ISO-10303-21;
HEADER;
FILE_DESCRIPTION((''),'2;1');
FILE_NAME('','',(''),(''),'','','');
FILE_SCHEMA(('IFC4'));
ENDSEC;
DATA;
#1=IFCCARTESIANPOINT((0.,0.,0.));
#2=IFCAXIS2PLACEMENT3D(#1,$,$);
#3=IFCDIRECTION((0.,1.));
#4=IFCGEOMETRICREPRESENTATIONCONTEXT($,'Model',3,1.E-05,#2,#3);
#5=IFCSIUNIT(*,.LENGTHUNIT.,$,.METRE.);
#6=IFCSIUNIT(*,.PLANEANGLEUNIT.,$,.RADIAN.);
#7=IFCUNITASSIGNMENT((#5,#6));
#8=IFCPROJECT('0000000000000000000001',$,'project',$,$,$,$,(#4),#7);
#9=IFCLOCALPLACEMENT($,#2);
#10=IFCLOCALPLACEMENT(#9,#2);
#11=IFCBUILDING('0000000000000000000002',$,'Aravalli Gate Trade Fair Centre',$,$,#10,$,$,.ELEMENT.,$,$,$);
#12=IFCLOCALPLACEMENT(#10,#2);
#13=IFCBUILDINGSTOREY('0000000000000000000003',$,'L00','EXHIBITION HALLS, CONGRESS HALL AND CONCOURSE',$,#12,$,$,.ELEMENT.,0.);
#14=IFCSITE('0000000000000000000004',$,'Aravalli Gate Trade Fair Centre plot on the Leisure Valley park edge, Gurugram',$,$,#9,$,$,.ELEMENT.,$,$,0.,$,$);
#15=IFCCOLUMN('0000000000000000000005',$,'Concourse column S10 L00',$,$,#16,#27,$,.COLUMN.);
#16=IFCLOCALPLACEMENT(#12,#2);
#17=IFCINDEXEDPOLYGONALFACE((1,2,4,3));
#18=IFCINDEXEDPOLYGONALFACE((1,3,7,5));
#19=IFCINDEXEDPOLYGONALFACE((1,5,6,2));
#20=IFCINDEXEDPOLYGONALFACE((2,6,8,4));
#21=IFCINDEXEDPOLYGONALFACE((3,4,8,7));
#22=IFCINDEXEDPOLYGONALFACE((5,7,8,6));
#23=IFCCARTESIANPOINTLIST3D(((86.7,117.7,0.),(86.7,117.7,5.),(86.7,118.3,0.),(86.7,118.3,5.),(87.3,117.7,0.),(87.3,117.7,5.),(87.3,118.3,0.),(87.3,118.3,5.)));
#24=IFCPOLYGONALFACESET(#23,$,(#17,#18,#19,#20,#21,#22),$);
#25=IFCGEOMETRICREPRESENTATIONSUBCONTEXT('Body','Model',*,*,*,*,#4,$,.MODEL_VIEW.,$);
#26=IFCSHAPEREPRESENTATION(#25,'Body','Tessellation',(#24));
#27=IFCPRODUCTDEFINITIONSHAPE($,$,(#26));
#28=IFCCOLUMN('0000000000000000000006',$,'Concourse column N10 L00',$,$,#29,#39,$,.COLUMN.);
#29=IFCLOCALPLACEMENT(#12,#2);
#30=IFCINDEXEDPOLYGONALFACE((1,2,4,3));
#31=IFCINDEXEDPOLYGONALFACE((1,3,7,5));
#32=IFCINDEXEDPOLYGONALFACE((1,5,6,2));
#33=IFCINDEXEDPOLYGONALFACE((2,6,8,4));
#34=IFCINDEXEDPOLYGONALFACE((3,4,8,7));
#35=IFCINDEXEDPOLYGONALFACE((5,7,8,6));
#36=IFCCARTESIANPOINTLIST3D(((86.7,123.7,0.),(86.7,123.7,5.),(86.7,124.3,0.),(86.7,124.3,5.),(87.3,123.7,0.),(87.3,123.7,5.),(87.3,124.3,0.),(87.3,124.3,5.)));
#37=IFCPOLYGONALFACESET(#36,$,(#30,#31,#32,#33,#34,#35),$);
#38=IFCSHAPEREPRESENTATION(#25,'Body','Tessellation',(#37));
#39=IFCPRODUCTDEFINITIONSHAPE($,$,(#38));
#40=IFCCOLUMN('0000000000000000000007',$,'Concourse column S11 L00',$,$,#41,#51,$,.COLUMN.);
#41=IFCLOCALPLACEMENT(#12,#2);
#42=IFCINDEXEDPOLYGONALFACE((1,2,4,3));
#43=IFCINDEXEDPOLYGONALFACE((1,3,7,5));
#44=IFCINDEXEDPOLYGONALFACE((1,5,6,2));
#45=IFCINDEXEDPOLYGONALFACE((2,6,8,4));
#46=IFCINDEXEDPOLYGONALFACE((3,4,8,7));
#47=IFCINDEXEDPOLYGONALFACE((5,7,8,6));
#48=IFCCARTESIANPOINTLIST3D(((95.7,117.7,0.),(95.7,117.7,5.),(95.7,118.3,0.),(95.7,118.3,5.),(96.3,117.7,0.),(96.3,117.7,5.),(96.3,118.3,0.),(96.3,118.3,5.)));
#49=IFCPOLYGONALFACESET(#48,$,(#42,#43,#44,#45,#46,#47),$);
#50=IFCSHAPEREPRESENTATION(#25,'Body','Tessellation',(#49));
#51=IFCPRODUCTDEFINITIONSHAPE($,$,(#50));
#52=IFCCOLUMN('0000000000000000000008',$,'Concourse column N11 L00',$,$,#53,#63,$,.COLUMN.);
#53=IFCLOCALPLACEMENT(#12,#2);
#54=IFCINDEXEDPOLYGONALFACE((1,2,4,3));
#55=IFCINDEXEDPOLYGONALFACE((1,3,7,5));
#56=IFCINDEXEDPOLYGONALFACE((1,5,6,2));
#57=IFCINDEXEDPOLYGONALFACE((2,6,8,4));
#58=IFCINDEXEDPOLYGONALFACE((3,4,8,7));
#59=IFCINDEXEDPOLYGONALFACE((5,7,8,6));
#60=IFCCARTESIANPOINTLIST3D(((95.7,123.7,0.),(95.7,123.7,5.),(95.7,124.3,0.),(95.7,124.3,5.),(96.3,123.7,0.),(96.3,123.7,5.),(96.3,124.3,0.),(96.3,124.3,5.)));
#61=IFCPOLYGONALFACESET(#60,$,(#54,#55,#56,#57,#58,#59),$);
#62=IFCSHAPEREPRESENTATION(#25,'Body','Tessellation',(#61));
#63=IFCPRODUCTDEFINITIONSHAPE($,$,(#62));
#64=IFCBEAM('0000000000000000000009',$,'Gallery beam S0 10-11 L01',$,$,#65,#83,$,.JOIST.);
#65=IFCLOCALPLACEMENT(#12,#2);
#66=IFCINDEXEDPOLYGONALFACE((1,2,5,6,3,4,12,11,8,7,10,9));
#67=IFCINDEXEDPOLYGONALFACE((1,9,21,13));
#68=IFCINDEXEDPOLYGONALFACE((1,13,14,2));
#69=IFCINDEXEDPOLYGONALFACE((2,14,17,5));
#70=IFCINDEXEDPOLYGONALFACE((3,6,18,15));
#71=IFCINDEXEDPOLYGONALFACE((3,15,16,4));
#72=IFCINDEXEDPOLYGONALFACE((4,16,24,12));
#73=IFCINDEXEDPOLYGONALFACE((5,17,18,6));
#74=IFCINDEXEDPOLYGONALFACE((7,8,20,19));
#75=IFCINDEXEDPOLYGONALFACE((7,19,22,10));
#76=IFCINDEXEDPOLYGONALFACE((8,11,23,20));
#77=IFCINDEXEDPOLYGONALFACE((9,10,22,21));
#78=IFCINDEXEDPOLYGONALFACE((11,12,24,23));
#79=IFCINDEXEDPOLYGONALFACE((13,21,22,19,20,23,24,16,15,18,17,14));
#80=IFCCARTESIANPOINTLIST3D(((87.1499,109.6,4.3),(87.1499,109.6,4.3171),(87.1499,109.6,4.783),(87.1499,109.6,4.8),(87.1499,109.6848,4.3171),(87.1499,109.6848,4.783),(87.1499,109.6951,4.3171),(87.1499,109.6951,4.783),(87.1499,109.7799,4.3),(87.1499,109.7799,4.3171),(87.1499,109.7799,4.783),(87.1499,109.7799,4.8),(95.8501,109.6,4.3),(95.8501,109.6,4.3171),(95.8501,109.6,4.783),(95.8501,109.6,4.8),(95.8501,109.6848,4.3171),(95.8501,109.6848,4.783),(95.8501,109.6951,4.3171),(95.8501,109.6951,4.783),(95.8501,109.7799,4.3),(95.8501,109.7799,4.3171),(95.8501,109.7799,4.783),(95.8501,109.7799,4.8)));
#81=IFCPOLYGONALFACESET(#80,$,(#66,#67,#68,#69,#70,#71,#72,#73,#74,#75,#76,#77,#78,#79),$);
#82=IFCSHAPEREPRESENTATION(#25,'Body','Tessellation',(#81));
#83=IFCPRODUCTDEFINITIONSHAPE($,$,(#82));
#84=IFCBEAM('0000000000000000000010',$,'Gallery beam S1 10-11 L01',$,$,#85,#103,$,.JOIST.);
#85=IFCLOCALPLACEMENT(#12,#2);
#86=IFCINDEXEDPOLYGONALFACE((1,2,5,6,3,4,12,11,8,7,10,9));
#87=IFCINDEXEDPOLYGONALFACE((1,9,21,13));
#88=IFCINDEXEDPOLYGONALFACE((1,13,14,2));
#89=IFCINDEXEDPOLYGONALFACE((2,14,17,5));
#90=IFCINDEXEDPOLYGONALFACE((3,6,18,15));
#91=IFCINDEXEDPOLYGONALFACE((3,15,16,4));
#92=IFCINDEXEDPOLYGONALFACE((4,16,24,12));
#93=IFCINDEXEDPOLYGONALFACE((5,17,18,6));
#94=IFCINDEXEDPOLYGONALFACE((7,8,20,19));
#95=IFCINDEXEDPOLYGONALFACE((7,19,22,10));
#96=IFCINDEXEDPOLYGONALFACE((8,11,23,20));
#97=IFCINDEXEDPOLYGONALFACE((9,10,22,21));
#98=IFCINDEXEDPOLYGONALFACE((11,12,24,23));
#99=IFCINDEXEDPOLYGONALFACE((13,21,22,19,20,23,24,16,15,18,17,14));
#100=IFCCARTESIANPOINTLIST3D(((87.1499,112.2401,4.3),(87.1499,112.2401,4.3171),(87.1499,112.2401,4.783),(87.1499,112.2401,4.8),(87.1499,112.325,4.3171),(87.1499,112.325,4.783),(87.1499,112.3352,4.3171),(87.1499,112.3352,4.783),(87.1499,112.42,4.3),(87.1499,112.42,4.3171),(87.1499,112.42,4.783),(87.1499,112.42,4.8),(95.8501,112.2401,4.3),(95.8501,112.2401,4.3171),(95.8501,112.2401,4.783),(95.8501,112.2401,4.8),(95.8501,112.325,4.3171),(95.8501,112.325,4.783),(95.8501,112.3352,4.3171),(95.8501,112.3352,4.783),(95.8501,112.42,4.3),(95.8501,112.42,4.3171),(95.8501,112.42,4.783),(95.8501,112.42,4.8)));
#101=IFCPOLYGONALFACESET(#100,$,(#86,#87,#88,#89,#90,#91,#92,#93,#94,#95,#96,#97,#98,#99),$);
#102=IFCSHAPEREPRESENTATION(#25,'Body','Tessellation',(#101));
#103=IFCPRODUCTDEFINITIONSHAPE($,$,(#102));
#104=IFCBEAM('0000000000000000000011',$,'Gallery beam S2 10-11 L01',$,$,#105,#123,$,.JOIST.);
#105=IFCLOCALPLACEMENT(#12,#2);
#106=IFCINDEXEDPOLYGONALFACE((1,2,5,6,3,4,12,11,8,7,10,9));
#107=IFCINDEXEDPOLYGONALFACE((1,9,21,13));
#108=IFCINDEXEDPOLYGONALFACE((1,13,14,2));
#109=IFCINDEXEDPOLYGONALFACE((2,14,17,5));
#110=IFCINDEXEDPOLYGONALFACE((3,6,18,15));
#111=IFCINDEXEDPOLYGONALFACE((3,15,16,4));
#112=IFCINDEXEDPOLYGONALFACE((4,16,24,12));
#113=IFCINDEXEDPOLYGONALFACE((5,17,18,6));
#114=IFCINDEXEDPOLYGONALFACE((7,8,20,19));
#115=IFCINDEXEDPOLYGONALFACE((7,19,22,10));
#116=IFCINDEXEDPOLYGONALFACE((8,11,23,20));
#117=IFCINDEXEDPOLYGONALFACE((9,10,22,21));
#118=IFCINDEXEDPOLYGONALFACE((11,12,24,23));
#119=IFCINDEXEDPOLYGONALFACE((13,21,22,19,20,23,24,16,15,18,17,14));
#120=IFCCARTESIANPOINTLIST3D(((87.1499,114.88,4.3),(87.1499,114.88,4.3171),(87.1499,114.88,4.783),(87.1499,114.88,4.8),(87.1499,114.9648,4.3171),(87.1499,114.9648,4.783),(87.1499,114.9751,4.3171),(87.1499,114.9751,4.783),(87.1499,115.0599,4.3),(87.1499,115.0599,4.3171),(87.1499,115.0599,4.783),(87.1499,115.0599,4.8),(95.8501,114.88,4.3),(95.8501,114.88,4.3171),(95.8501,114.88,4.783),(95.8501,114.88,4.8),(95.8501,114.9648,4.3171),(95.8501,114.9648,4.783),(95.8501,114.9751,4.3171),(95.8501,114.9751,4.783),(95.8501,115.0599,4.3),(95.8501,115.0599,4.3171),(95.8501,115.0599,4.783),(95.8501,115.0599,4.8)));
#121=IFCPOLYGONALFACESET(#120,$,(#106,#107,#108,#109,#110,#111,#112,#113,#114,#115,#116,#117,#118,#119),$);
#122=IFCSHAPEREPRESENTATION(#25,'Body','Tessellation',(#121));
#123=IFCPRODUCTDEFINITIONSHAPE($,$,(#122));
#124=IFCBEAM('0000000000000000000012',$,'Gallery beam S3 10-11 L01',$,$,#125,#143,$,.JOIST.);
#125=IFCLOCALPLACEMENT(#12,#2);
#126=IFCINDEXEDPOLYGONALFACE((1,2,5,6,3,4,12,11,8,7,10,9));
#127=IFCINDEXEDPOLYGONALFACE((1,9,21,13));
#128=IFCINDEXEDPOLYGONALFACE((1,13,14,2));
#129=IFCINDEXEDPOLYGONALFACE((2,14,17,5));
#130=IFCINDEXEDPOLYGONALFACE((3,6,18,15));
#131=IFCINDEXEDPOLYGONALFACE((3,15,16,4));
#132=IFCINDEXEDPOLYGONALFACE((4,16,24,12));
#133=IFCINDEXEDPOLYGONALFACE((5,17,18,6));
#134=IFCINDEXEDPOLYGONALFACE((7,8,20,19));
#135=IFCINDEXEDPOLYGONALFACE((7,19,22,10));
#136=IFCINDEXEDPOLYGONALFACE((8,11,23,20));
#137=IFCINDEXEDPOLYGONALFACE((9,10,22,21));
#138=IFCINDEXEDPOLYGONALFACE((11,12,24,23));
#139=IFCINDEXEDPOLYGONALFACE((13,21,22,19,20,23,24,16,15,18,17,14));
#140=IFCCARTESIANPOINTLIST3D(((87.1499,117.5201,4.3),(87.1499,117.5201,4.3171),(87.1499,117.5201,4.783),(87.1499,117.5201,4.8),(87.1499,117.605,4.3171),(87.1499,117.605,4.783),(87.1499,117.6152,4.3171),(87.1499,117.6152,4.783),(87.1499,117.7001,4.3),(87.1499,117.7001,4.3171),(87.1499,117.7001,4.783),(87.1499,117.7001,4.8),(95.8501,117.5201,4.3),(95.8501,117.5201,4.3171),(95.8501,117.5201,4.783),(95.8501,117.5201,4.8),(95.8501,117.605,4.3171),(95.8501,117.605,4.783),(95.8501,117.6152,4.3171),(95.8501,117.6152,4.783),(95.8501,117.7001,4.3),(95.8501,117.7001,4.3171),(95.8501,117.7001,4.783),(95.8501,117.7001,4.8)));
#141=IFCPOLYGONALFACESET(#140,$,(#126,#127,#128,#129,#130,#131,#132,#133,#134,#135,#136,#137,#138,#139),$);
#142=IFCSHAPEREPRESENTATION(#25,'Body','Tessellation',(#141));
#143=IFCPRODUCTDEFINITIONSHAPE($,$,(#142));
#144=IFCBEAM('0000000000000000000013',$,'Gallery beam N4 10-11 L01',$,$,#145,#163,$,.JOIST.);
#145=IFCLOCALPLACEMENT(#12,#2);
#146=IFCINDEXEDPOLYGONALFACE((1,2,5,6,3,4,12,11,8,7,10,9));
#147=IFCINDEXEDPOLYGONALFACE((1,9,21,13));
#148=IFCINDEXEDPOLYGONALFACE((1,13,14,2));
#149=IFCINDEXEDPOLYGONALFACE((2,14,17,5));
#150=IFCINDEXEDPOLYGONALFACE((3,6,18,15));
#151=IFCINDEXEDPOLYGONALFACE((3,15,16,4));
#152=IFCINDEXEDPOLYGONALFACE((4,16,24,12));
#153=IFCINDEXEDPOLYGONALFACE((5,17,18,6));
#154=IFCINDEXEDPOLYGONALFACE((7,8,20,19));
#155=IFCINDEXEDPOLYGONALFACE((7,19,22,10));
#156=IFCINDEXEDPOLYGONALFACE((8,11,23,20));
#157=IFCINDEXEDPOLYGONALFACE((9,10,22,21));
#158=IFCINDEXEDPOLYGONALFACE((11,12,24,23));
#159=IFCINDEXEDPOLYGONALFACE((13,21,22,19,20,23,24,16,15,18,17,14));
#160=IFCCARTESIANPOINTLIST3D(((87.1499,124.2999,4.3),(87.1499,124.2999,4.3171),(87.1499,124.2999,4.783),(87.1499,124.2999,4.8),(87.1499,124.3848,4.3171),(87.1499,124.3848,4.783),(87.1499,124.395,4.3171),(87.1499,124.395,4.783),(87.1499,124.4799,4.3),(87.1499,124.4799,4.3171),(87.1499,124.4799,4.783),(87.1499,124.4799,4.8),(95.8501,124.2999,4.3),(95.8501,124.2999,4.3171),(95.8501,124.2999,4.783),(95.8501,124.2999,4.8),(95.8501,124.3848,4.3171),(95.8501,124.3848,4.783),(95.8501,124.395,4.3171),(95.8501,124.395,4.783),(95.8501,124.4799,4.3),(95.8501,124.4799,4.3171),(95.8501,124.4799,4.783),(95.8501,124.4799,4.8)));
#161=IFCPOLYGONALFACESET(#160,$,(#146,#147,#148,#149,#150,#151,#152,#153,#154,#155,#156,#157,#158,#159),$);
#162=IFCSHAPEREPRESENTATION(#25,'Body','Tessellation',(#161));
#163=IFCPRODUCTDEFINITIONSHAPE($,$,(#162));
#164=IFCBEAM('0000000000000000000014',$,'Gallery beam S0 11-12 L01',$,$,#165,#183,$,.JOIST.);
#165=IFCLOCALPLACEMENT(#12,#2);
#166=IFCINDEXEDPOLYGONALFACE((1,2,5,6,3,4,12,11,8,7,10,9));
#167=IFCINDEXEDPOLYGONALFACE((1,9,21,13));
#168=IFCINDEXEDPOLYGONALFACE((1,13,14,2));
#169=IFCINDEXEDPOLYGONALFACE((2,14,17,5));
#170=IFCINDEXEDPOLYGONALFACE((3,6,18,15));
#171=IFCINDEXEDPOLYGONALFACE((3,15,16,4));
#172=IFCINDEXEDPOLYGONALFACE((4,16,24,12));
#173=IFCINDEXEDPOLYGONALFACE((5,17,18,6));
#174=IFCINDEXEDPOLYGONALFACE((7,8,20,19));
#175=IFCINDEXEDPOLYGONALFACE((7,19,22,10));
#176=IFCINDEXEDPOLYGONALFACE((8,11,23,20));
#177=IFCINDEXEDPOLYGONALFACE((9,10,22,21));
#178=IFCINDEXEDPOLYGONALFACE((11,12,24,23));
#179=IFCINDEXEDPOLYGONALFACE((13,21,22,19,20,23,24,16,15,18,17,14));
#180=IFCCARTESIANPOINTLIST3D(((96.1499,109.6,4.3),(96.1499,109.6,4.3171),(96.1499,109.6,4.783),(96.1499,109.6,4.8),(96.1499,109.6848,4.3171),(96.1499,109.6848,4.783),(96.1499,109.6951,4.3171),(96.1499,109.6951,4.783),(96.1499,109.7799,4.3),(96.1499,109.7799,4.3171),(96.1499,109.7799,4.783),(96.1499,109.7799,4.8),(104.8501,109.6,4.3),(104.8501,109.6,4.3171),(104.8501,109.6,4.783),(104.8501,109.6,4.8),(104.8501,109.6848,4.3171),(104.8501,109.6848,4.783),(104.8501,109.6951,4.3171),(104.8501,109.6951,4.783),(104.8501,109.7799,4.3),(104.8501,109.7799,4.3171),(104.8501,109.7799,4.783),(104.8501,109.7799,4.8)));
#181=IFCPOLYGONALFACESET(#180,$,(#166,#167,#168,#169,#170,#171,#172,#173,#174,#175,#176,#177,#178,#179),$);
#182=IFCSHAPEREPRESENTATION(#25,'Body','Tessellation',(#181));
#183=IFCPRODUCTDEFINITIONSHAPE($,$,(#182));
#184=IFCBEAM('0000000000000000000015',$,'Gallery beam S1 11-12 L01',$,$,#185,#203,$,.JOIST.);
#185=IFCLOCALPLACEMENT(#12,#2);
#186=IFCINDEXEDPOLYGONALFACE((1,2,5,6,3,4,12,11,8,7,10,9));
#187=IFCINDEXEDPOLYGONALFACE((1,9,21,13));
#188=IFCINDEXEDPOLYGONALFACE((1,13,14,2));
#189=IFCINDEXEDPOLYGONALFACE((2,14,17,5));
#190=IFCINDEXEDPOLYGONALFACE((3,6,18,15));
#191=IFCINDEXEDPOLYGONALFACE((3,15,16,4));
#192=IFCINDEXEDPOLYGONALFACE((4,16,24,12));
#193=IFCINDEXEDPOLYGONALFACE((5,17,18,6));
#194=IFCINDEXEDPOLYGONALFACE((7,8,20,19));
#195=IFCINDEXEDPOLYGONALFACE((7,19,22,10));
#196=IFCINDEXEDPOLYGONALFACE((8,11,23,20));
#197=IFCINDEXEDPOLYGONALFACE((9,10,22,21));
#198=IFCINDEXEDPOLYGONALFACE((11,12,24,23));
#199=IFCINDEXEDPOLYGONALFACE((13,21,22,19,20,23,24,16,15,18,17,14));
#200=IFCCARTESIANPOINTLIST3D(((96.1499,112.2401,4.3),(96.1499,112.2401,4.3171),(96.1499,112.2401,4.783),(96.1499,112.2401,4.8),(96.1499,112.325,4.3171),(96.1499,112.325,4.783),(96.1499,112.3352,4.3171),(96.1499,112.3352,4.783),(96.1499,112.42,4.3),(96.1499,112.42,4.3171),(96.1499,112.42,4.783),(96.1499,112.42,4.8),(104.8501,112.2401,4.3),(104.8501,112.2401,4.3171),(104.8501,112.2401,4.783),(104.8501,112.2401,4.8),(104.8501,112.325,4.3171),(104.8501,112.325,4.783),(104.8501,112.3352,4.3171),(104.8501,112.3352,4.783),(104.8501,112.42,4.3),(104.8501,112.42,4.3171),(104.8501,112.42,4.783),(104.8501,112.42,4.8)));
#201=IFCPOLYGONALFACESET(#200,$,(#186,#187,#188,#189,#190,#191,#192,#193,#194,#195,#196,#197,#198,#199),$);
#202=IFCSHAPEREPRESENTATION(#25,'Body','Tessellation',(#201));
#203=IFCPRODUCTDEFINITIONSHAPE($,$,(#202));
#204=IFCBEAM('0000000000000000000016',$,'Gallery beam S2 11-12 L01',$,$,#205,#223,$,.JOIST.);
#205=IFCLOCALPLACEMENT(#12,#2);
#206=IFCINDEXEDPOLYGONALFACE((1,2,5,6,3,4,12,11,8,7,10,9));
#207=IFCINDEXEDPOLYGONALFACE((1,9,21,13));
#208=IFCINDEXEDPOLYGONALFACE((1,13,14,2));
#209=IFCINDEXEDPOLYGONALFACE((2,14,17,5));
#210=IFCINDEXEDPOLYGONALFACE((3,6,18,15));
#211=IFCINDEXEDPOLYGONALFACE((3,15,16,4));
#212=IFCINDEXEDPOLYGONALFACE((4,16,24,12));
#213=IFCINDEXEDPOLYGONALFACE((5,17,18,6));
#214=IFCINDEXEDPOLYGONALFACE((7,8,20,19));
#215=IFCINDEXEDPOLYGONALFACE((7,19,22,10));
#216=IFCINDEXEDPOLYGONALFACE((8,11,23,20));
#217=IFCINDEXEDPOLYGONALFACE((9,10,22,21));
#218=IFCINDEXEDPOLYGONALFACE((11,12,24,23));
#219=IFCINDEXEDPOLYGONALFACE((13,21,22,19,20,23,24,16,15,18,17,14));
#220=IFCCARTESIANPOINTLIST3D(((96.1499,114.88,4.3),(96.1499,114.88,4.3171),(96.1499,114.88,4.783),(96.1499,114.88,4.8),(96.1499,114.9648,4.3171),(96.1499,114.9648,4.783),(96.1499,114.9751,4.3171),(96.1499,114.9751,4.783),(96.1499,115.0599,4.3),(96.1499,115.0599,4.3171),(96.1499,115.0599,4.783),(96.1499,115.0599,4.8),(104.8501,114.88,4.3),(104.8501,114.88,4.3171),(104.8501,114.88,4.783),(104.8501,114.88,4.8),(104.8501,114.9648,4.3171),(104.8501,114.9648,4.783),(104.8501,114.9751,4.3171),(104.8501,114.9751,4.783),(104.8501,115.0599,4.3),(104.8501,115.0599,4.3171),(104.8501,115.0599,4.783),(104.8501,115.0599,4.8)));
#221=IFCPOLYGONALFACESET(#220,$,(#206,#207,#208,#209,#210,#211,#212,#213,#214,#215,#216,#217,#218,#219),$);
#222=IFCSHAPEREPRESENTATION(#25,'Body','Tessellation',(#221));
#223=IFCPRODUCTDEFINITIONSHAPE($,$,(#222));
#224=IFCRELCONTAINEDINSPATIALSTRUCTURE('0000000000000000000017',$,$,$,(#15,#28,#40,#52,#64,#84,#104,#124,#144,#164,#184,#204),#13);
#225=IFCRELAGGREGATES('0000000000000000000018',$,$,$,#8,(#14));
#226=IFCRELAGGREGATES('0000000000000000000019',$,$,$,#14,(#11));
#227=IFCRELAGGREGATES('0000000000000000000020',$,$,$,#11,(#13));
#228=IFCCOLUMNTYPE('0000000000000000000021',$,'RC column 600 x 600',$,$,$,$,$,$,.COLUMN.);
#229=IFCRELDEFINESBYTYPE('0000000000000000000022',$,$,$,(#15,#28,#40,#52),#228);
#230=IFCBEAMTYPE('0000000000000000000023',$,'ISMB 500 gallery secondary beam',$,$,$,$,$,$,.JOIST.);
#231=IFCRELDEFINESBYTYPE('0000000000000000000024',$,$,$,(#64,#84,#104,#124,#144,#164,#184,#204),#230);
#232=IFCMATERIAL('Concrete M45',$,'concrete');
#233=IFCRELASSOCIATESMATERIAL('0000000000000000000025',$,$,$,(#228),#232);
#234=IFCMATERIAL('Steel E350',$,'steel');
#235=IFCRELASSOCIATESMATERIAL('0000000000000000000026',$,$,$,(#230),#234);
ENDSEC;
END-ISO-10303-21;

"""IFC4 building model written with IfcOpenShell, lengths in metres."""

from ifc_helpers import new_model, si_unit, direction, frame, origin, origin_2d, place, context, subcontext, project, spatial, rectangle, i_section, extrude, material, material_profile, profile_set, type_object, element, save


model = new_model("IFC4")

# Units and contexts
model_context = context("Model", 3, precision=1e-05, world=origin(), true_north=direction((0.0, 1.0)))
body_context = subcontext(model_context, "Body", "Model", "MODEL_VIEW")
ifc_project = project(units=[si_unit("LENGTHUNIT", "METRE"), si_unit("PLANEANGLEUNIT", "RADIAN")], contexts=[model_context])

# Site, building, storey
site_placement = place(None, origin())
site = spatial("IfcSite", under=ifc_project, at=site_placement, Name="Aravalli Gate Trade Fair Centre plot on the Leisure Valley park edge, Gurugram", CompositionType="ELEMENT", RefElevation=0.0)
building_placement = place(site_placement, origin())
building = spatial("IfcBuilding", under=site, at=building_placement, Name="Aravalli Gate Trade Fair Centre", CompositionType="ELEMENT")
storey_placement = place(building_placement, origin())
storey = spatial("IfcBuildingStorey", under=building, at=storey_placement, Name="L00", Description="EXHIBITION HALLS, CONGRESS HALL AND CONCOURSE", CompositionType="ELEMENT", Elevation=0.0)

# Columns
ifc_material_1 = material(Name="Concrete M45", Category="concrete")
ifc_material_profile_1 = material_profile(ifc_material_1, rectangle(XDim=0.6001, YDim=0.6001, at=origin_2d()), Name="RC column 600 x 600")
ifc_profile_set_1 = profile_set([ifc_material_profile_1], Name="Concrete M45")
column_type = type_object("IfcColumnType", Name="RC column 600 x 600", PredefinedType="COLUMN", material=ifc_profile_set_1)
for number, where, z_axis, x_axis, name in (
    (1, (87.0, 118.0, 0.0), (0.0, 0.0, 1.0), (1.0, 0.0, 0.0), "Concourse column S10 L00"),
    (2, (87.0, 124.0, 0.0), (0.0, 0.0, 1.0), (1.0, 0.0, 0.0), "Concourse column N10 L00"),
    (3, (96.0, 118.0, 0.0), (0.0, 0.0, 1.0), (1.0, 0.0, 0.0), "Concourse column S11 L00"),
    (4, (96.0, 124.0, 0.0), (0.0, 0.0, 1.0), (1.0, 0.0, 0.0), "Concourse column N11 L00"),
):
    element("IfcColumn", number, at=place(storey_placement, frame(where, z_axis=z_axis, x_axis=x_axis)), inside=storey, type_object=column_type, Name=name, PredefinedType="COLUMN", context=body_context, shape_type="SweptSolid", body=[
        extrude(rectangle(XDim=0.6001, YDim=0.6001, at=origin_2d()), origin(), (0.0, 0.0, 1.0), 5.0),
    ])

# Beams
ifc_material_2 = material(Name="Steel E350", Category="steel")
ifc_material_profile_2 = material_profile(ifc_material_2, i_section(OverallWidth=0.1799, OverallDepth=0.5, WebThickness=0.0103, FlangeThickness=0.0171, at=origin_2d()), Name="ISMB 500")
ifc_profile_set_2 = profile_set([ifc_material_profile_2], Name="Steel E350")
beam_type_1 = type_object("IfcBeamType", Name="ISMB 500 gallery secondary beam", PredefinedType="JOIST", material=ifc_profile_set_2)
for number, where, z_axis, x_axis, name in (
    (5, (87.1499, 109.6899, 4.55), (1.0, 0.0, 0.0), (0.0, 1.0, 0.0), "Gallery beam S0 10-11 L01"),
    (6, (87.1499, 112.3301, 4.55), (1.0, 0.0, 0.0), (0.0, 1.0, 0.0), "Gallery beam S1 10-11 L01"),
    (7, (87.1499, 114.97, 4.55), (1.0, 0.0, 0.0), (0.0, 1.0, 0.0), "Gallery beam S2 10-11 L01"),
    (8, (87.1499, 117.6101, 4.55), (1.0, 0.0, 0.0), (0.0, 1.0, 0.0), "Gallery beam S3 10-11 L01"),
    (9, (87.1499, 124.3899, 4.55), (1.0, 0.0, 0.0), (0.0, 1.0, 0.0), "Gallery beam N4 10-11 L01"),
    (10, (96.1499, 109.6899, 4.55), (1.0, 0.0, 0.0), (0.0, 1.0, 0.0), "Gallery beam S0 11-12 L01"),
    (11, (96.1499, 112.3301, 4.55), (1.0, 0.0, 0.0), (0.0, 1.0, 0.0), "Gallery beam S1 11-12 L01"),
    (12, (96.1499, 114.97, 4.55), (1.0, 0.0, 0.0), (0.0, 1.0, 0.0), "Gallery beam S2 11-12 L01"),
):
    element("IfcBeam", number, at=place(storey_placement, frame(where, z_axis=z_axis, x_axis=x_axis)), inside=storey, type_object=beam_type_1, Name=name, PredefinedType="JOIST", context=body_context, shape_type="SweptSolid", body=[
        extrude(i_section(OverallWidth=0.1799, OverallDepth=0.5, WebThickness=0.0103, FlangeThickness=0.0171, at=origin_2d()), origin(), (0.0, 0.0, 1.0), 8.7002),
    ])

save(model, "model.ifc")
